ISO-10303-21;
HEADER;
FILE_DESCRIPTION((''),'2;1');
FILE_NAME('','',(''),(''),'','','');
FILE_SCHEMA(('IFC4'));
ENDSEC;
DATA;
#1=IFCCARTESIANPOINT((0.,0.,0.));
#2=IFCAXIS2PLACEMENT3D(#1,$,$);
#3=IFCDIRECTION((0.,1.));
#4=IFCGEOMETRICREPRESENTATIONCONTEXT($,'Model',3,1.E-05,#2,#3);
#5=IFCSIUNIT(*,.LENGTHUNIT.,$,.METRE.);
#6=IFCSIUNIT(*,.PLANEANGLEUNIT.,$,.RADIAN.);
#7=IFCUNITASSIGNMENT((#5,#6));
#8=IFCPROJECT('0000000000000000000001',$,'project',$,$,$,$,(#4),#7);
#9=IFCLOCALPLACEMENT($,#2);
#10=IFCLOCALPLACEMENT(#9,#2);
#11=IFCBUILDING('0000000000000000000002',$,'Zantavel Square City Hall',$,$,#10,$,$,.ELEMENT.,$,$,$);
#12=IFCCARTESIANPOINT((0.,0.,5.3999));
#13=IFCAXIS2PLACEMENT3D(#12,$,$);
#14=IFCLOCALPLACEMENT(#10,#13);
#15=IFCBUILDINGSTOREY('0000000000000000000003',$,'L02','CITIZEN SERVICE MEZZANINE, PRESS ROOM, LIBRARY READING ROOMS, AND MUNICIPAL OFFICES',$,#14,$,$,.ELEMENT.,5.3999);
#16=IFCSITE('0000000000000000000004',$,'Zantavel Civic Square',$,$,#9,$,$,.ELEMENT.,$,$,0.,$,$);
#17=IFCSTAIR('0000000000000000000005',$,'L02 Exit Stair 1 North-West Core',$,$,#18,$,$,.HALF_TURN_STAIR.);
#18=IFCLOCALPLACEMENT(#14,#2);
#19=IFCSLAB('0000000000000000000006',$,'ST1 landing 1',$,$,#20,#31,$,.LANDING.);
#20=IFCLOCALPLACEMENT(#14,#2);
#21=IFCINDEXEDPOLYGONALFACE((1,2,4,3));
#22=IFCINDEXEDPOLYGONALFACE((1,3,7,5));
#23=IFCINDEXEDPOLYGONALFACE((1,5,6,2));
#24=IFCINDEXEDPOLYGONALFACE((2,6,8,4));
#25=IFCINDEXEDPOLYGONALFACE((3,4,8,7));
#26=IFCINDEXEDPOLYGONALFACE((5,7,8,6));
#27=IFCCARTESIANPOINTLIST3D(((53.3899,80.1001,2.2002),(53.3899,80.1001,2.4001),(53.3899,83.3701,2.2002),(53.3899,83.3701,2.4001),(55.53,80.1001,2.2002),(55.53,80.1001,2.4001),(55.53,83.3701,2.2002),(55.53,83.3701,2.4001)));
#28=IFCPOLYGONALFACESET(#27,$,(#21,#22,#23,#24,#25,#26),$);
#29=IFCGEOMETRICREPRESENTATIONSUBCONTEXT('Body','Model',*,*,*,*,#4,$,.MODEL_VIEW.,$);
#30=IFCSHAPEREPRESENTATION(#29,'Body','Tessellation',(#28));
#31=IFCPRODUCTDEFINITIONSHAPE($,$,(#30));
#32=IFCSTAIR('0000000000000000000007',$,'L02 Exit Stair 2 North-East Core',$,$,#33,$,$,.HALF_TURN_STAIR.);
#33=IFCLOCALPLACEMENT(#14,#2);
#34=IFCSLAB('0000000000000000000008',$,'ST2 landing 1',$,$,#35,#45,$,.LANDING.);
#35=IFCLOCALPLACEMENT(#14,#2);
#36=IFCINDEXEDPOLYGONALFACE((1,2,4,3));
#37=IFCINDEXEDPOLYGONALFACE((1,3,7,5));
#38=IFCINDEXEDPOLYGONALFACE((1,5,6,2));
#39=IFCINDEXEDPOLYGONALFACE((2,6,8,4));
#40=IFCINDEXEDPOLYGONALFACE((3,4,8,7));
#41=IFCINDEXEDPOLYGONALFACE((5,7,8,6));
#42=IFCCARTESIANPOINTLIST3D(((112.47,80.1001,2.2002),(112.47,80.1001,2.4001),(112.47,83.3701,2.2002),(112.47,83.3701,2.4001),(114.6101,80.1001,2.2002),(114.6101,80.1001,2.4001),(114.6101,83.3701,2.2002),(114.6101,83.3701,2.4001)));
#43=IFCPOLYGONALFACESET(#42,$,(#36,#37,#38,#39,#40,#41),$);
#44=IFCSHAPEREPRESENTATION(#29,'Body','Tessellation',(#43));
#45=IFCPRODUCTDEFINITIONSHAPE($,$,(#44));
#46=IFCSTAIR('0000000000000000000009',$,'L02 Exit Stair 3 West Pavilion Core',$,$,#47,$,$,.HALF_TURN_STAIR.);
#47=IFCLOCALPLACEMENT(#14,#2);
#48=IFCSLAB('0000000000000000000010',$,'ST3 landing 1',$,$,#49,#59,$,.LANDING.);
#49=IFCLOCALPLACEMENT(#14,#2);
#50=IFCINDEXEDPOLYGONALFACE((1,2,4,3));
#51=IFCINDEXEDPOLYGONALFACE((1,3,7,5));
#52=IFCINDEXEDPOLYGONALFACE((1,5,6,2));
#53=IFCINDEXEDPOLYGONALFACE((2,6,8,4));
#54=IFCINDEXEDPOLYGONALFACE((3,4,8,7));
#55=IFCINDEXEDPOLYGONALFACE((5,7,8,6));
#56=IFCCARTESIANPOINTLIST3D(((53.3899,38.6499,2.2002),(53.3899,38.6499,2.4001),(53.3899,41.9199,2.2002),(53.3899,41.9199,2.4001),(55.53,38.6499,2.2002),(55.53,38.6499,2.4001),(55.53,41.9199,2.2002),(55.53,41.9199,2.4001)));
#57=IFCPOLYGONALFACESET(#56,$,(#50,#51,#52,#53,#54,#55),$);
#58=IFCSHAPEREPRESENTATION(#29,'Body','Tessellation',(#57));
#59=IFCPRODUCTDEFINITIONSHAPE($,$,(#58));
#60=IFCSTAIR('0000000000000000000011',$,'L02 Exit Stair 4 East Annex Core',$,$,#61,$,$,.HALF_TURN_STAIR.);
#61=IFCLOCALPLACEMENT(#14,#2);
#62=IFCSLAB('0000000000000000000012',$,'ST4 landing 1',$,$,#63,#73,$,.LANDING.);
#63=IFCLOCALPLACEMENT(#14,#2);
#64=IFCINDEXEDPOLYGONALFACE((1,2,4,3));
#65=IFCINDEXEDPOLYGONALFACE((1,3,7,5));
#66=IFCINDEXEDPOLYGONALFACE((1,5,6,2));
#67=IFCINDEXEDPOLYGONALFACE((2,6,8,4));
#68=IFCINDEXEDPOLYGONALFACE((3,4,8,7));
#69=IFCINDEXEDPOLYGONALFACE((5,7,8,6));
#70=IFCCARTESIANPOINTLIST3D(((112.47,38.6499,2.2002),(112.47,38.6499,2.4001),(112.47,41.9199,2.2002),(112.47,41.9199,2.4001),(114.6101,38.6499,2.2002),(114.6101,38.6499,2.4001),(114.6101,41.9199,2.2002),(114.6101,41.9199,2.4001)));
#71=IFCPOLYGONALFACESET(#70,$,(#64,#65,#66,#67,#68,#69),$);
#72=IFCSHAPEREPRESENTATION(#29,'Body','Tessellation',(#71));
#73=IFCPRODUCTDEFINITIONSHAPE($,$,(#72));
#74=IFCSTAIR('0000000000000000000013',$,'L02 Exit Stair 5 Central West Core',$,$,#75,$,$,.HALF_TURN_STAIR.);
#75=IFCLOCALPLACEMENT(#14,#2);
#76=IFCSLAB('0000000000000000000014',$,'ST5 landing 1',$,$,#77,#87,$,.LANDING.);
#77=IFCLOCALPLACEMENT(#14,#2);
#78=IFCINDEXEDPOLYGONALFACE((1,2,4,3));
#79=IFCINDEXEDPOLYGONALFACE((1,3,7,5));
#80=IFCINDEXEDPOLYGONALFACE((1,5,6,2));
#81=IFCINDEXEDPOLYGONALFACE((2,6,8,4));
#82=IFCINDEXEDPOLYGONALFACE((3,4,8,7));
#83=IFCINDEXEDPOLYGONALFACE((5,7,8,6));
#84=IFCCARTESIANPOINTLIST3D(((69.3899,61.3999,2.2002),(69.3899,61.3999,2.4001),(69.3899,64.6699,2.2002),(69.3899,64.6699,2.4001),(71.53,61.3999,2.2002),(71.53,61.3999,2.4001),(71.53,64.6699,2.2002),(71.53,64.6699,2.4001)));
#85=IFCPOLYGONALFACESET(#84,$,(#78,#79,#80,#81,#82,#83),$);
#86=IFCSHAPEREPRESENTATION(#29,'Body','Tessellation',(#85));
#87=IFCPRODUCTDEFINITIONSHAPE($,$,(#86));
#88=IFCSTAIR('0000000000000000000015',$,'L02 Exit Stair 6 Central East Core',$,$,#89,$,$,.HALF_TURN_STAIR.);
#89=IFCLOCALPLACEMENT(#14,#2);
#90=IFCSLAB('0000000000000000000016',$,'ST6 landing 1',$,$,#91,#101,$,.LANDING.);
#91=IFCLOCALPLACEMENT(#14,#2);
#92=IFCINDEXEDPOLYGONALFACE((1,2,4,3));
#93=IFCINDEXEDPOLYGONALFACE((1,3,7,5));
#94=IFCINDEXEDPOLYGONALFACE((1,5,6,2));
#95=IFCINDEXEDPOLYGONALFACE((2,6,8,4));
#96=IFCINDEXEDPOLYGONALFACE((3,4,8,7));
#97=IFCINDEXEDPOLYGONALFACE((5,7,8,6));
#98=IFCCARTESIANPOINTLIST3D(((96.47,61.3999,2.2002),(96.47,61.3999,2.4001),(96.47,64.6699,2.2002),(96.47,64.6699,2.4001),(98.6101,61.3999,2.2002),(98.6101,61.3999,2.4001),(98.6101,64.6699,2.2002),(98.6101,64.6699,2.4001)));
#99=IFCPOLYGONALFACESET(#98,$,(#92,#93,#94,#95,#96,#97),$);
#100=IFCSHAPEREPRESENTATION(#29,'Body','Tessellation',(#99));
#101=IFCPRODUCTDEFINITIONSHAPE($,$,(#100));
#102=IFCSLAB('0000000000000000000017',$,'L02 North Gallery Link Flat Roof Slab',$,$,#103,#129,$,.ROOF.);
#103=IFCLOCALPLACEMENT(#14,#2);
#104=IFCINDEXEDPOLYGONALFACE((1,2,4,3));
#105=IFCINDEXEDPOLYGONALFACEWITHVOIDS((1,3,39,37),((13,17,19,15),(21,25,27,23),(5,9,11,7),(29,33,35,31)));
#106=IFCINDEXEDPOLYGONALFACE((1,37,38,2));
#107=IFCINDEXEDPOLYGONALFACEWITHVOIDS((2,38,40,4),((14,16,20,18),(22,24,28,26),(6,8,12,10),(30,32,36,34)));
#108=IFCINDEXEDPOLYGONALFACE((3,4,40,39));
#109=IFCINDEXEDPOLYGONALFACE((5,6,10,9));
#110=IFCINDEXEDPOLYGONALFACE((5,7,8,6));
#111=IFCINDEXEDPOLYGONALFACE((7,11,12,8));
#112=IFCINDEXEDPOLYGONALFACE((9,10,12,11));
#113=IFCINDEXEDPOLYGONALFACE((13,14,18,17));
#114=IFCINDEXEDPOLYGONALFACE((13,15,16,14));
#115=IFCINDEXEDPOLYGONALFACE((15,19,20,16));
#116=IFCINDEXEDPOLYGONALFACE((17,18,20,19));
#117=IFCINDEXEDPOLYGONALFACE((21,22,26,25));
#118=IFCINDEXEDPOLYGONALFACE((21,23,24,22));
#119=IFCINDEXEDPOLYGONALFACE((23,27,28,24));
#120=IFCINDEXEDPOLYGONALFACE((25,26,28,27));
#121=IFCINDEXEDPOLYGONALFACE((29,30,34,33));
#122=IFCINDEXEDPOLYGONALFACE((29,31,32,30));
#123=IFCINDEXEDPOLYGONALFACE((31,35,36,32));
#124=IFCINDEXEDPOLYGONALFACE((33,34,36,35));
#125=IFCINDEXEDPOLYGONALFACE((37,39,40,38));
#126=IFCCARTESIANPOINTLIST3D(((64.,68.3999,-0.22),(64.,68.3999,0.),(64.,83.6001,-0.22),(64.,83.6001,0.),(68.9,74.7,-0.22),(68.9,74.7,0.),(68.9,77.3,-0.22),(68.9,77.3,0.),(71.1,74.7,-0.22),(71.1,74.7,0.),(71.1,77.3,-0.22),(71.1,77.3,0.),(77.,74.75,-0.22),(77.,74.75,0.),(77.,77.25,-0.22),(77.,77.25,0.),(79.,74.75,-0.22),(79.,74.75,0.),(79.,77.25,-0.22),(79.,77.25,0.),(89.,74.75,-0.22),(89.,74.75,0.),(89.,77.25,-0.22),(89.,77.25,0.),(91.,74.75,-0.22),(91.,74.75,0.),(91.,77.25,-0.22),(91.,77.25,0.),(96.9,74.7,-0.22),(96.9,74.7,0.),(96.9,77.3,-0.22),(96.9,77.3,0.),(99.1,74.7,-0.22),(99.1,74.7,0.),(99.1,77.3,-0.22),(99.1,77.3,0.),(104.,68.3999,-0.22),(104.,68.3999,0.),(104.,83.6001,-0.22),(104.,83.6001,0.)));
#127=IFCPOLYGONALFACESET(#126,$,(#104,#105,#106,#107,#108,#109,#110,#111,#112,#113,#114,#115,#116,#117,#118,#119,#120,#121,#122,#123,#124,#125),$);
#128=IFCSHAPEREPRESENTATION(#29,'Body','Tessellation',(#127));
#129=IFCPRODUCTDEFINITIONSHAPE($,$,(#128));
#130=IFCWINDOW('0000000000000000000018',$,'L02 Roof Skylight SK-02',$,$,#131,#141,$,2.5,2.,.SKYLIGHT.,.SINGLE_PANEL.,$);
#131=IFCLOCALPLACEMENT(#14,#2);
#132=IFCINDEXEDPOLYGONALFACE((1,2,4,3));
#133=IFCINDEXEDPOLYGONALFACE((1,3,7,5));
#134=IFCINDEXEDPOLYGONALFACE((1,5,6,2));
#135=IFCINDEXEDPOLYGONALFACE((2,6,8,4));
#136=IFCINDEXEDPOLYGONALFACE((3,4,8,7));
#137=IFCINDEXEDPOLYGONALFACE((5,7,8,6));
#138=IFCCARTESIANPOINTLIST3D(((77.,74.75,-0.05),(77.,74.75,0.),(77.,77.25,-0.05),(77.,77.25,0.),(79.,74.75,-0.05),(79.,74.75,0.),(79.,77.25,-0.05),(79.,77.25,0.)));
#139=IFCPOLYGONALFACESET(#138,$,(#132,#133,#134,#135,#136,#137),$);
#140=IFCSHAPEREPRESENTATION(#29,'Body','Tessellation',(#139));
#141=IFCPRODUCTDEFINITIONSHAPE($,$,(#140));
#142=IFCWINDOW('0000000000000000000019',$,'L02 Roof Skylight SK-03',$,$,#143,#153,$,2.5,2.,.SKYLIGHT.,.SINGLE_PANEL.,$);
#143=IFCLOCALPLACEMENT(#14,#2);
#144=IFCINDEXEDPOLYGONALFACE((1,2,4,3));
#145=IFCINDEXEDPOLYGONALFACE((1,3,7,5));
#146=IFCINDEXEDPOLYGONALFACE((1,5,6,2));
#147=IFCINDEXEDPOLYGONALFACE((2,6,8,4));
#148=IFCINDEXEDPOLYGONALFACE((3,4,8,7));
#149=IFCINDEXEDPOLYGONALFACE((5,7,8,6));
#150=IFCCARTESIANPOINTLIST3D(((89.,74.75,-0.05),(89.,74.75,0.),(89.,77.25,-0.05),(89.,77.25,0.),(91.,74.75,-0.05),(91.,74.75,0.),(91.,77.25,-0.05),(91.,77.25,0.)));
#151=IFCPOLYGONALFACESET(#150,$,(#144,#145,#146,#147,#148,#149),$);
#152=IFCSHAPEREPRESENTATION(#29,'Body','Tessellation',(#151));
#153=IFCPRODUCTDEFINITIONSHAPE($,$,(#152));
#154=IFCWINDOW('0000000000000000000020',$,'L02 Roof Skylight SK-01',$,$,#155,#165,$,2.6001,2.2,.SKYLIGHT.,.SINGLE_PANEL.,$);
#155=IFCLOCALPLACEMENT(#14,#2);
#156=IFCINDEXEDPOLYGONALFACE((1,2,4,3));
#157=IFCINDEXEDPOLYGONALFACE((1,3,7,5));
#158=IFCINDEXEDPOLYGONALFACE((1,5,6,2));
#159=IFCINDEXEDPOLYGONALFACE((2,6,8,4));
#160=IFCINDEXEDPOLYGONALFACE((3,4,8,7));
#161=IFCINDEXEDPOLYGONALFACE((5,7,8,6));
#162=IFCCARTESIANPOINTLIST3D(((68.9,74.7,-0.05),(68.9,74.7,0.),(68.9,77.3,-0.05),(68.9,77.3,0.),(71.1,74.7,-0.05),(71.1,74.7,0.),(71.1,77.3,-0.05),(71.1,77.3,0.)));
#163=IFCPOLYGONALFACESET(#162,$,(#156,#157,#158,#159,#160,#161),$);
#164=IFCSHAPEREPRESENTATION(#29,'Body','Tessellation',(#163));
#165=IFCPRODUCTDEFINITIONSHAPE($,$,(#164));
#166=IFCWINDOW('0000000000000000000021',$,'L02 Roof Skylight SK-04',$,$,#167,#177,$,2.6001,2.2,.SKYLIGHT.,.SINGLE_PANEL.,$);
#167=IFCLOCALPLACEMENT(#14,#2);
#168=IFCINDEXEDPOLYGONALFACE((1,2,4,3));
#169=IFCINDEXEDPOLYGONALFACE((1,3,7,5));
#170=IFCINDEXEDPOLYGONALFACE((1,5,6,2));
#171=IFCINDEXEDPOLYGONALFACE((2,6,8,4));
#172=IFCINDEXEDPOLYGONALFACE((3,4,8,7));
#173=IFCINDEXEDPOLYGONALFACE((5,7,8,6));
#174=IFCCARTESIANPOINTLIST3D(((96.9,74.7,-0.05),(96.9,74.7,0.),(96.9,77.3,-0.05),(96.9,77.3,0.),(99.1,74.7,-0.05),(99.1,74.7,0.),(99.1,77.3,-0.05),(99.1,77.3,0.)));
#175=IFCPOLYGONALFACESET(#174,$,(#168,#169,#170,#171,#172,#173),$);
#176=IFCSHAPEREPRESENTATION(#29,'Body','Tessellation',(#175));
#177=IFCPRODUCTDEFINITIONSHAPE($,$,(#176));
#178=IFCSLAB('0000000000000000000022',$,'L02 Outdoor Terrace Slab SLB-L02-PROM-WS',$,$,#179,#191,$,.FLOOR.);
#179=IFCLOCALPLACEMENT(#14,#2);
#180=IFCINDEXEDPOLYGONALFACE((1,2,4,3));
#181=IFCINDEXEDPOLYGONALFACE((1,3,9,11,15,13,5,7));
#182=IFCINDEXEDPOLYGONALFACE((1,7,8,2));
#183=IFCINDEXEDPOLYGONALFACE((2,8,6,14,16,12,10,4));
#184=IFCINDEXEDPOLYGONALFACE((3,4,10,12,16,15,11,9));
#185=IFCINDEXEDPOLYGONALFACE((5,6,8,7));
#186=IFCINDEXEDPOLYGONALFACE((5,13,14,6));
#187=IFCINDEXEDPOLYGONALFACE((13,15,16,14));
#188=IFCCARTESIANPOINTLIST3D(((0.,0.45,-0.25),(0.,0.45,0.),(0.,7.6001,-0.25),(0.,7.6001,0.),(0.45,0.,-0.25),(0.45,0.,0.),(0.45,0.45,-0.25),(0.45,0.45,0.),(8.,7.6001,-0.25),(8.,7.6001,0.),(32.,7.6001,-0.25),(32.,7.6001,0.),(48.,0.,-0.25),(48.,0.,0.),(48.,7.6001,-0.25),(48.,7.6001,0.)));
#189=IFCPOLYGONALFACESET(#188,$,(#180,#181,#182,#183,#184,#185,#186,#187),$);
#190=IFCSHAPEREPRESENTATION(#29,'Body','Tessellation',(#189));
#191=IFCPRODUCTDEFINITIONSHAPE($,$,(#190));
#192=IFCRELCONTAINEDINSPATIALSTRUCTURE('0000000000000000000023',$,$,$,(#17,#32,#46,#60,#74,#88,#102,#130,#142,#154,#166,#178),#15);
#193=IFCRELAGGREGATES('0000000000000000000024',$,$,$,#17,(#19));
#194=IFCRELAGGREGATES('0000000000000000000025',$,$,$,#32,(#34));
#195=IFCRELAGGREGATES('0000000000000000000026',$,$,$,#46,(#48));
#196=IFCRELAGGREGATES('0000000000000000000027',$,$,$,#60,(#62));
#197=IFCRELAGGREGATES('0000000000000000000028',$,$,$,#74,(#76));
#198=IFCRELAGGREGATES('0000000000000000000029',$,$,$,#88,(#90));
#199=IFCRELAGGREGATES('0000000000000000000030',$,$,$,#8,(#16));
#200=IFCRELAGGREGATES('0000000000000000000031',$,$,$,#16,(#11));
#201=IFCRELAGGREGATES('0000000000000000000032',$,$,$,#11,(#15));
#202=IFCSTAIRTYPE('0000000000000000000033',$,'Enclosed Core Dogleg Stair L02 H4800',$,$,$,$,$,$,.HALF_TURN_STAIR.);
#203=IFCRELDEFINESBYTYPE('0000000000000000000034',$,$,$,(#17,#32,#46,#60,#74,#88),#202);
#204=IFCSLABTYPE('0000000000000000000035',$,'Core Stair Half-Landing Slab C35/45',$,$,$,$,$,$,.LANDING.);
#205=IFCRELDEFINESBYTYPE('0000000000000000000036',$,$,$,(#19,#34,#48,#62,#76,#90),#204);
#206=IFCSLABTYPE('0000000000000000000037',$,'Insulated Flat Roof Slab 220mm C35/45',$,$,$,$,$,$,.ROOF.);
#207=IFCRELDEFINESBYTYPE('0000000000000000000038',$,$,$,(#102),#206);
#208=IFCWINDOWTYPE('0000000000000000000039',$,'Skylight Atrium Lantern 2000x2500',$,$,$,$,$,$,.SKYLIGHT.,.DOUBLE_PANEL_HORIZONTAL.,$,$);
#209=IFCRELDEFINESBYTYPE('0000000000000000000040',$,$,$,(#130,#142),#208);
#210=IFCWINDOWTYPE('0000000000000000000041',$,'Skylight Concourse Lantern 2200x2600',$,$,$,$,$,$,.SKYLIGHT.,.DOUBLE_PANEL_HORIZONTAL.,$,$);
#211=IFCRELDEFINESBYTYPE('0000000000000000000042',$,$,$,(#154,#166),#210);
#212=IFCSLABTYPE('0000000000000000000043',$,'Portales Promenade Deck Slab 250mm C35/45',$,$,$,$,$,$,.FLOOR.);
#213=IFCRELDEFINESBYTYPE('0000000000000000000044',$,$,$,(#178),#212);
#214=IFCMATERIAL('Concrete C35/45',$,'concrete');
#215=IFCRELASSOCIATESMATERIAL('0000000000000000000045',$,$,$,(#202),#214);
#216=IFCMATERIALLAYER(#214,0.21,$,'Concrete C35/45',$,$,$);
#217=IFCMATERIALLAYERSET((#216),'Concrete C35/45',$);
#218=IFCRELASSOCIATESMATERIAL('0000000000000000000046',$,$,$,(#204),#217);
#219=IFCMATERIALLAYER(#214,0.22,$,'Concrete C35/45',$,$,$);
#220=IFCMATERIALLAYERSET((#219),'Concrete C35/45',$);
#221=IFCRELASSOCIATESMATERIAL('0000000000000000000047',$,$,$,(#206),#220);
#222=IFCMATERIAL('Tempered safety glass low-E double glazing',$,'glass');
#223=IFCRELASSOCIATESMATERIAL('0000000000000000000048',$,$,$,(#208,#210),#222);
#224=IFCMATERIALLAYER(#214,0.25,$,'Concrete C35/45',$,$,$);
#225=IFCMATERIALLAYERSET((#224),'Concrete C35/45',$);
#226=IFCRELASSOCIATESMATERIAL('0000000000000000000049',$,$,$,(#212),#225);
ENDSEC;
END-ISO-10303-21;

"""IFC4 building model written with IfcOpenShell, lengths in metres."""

from ifc_helpers import new_model, si_unit, direction, frame, origin, origin_2d, place, context, subcontext, project, spatial, polyline, rectangle, outline, extrude, material, layer, layer_set, type_object, element, fill, aggregate, save


model = new_model("IFC4")

# Units and contexts
model_context = context("Model", 3, precision=1e-05, world=origin(), true_north=direction((0.0, 1.0)))
body_context = subcontext(model_context, "Body", "Model", "MODEL_VIEW")
ifc_project = project(units=[si_unit("LENGTHUNIT", "METRE"), si_unit("PLANEANGLEUNIT", "RADIAN")], contexts=[model_context])

# Site, building, storey
site_placement = place(None, origin())
site = spatial("IfcSite", under=ifc_project, at=site_placement, Name="Zantavel Civic Square", CompositionType="ELEMENT", RefElevation=0.0)
building_placement = place(site_placement, origin())
building = spatial("IfcBuilding", under=site, at=building_placement, Name="Zantavel Square City Hall", CompositionType="ELEMENT")
storey_placement = place(building_placement, frame((0.0, 0.0, 5.3999)))
storey = spatial("IfcBuildingStorey", under=building, at=storey_placement, Name="L02", Description="CITIZEN SERVICE MEZZANINE, PRESS ROOM, LIBRARY READING ROOMS, AND MUNICIPAL OFFICES", CompositionType="ELEMENT", Elevation=5.3999)

# Stairs, slabs
ifc_material_1 = material(Name="Concrete C35/45", Category="concrete")
stair_type = type_object("IfcStairType", Name="Enclosed Core Dogleg Stair L02 H4800", PredefinedType="HALF_TURN_STAIR", material=ifc_material_1)
stair_1_placement = place(storey_placement, origin())
stair_1 = element("IfcStair", 1, at=stair_1_placement, inside=storey, type_object=stair_type, Name="L02 Exit Stair 1 North-West Core", PredefinedType="HALF_TURN_STAIR")
ifc_layer_1 = layer(ifc_material_1, 0.21, Name="Concrete C35/45")
ifc_layer_set_1 = layer_set([ifc_layer_1], Name="Concrete C35/45")
slab_type_1 = type_object("IfcSlabType", Name="Core Stair Half-Landing Slab C35/45", PredefinedType="LANDING", material=ifc_layer_set_1)
slab_1_placement = place(storey_placement, frame((0.0, 0.0, 2.2002)))
slab_1 = element("IfcSlab", 2, at=slab_1_placement, type_object=slab_type_1, Name="ST1 landing 1", PredefinedType="LANDING", context=body_context, shape_type="SweptSolid", body=[
    extrude(outline(polyline([(53.3899, 80.1001), (55.53, 80.1001), (55.53, 83.3701), (53.3899, 83.3701), (53.3899, 80.1001)])), origin(), (0.0, 0.0, 1.0), 0.2),
])
aggregate(stair_1, [slab_1])
stair_2_placement = place(storey_placement, origin())
stair_2 = element("IfcStair", 3, at=stair_2_placement, inside=storey, type_object=stair_type, Name="L02 Exit Stair 2 North-East Core", PredefinedType="HALF_TURN_STAIR")
slab_2_placement = place(storey_placement, frame((0.0, 0.0, 2.2002)))
slab_2 = element("IfcSlab", 4, at=slab_2_placement, type_object=slab_type_1, Name="ST2 landing 1", PredefinedType="LANDING", context=body_context, shape_type="SweptSolid", body=[
    extrude(outline(polyline([(114.6101, 83.3701), (112.47, 83.3701), (112.47, 80.1001), (114.6101, 80.1001), (114.6101, 83.3701)])), origin(), (0.0, 0.0, 1.0), 0.2),
])
aggregate(stair_2, [slab_2])
stair_3_placement = place(storey_placement, origin())
stair_3 = element("IfcStair", 5, at=stair_3_placement, inside=storey, type_object=stair_type, Name="L02 Exit Stair 3 West Pavilion Core", PredefinedType="HALF_TURN_STAIR")
slab_3_placement = place(storey_placement, frame((0.0, 0.0, 2.2002)))
slab_3 = element("IfcSlab", 6, at=slab_3_placement, type_object=slab_type_1, Name="ST3 landing 1", PredefinedType="LANDING", context=body_context, shape_type="SweptSolid", body=[
    extrude(outline(polyline([(53.3899, 38.6499), (55.53, 38.6499), (55.53, 41.9199), (53.3899, 41.9199), (53.3899, 38.6499)])), origin(), (0.0, 0.0, 1.0), 0.2),
])
aggregate(stair_3, [slab_3])
stair_4_placement = place(storey_placement, origin())
stair_4 = element("IfcStair", 7, at=stair_4_placement, inside=storey, type_object=stair_type, Name="L02 Exit Stair 4 East Annex Core", PredefinedType="HALF_TURN_STAIR")
slab_4_placement = place(storey_placement, frame((0.0, 0.0, 2.2002)))
slab_4 = element("IfcSlab", 8, at=slab_4_placement, type_object=slab_type_1, Name="ST4 landing 1", PredefinedType="LANDING", context=body_context, shape_type="SweptSolid", body=[
    extrude(outline(polyline([(114.6101, 41.9199), (112.47, 41.9199), (112.47, 38.6499), (114.6101, 38.6499), (114.6101, 41.9199)])), origin(), (0.0, 0.0, 1.0), 0.2),
])
aggregate(stair_4, [slab_4])
stair_5_placement = place(storey_placement, origin())
stair_5 = element("IfcStair", 9, at=stair_5_placement, inside=storey, type_object=stair_type, Name="L02 Exit Stair 5 Central West Core", PredefinedType="HALF_TURN_STAIR")
slab_5_placement = place(storey_placement, frame((0.0, 0.0, 2.2002)))
slab_5 = element("IfcSlab", 10, at=slab_5_placement, type_object=slab_type_1, Name="ST5 landing 1", PredefinedType="LANDING", context=body_context, shape_type="SweptSolid", body=[
    extrude(outline(polyline([(69.3899, 61.3999), (71.53, 61.3999), (71.53, 64.6699), (69.3899, 64.6699), (69.3899, 61.3999)])), origin(), (0.0, 0.0, 1.0), 0.2),
])
aggregate(stair_5, [slab_5])
stair_6_placement = place(storey_placement, origin())
stair_6 = element("IfcStair", 11, at=stair_6_placement, inside=storey, type_object=stair_type, Name="L02 Exit Stair 6 Central East Core", PredefinedType="HALF_TURN_STAIR")
slab_6_placement = place(storey_placement, frame((0.0, 0.0, 2.2002)))
slab_6 = element("IfcSlab", 12, at=slab_6_placement, type_object=slab_type_1, Name="ST6 landing 1", PredefinedType="LANDING", context=body_context, shape_type="SweptSolid", body=[
    extrude(outline(polyline([(98.6101, 64.6699), (96.47, 64.6699), (96.47, 61.3999), (98.6101, 61.3999), (98.6101, 64.6699)])), origin(), (0.0, 0.0, 1.0), 0.2),
])
aggregate(stair_6, [slab_6])

# Slab, openings, windows
ifc_layer_2 = layer(ifc_material_1, 0.22, Name="Concrete C35/45")
ifc_layer_set_2 = layer_set([ifc_layer_2], Name="Concrete C35/45")
slab_type_2 = type_object("IfcSlabType", Name="Insulated Flat Roof Slab 220mm C35/45", PredefinedType="ROOF", material=ifc_layer_set_2)
slab_7_placement = place(storey_placement, frame((0.0, 0.0, -0.22)))
slab_7 = element("IfcSlab", 13, at=slab_7_placement, inside=storey, type_object=slab_type_2, Name="L02 North Gallery Link Flat Roof Slab", PredefinedType="ROOF", context=body_context, shape_type="SweptSolid", body=[
    extrude(outline(polyline([(104.0, 68.3999), (96.0, 68.3999), (80.0, 68.3999), (72.0, 68.3999), (64.0, 68.3999), (64.0, 76.0), (64.0, 83.6001), (104.0, 83.6001), (104.0, 76.0), (104.0, 68.3999)])), origin(), (0.0, 0.0, 1.0), 0.22),
])
opening_1_placement = place(slab_7_placement, frame((70.0, 76.0, 0.0)))
opening_1 = element("IfcOpeningElement", 14, at=opening_1_placement, cuts=slab_7, PredefinedType="OPENING", context=body_context, shape_type="SweptSolid", body=[
    extrude(rectangle(XDim=2.2, YDim=2.6001, at=origin_2d()), frame((0.0, 0.0, -0.02)), (0.0, 0.0, 1.0), 0.26),
])
opening_2_placement = place(slab_7_placement, frame((78.0, 76.0, 0.0)))
opening_2 = element("IfcOpeningElement", 15, at=opening_2_placement, cuts=slab_7, PredefinedType="OPENING", context=body_context, shape_type="SweptSolid", body=[
    extrude(rectangle(XDim=2.0, YDim=2.5, at=origin_2d()), frame((0.0, 0.0, -0.02)), (0.0, 0.0, 1.0), 0.26),
])
opening_3_placement = place(slab_7_placement, frame((90.0, 76.0, 0.0)))
opening_3 = element("IfcOpeningElement", 16, at=opening_3_placement, cuts=slab_7, PredefinedType="OPENING", context=body_context, shape_type="SweptSolid", body=[
    extrude(rectangle(XDim=2.0, YDim=2.5, at=origin_2d()), frame((0.0, 0.0, -0.02)), (0.0, 0.0, 1.0), 0.26),
])
opening_4_placement = place(slab_7_placement, frame((98.0, 76.0, 0.0)))
opening_4 = element("IfcOpeningElement", 17, at=opening_4_placement, cuts=slab_7, PredefinedType="OPENING", context=body_context, shape_type="SweptSolid", body=[
    extrude(rectangle(XDim=2.2, YDim=2.6001, at=origin_2d()), frame((0.0, 0.0, -0.02)), (0.0, 0.0, 1.0), 0.26),
])
ifc_material_2 = material(Name="Tempered safety glass low-E double glazing", Category="glass")
window_type_1 = type_object("IfcWindowType", Name="Skylight Atrium Lantern 2000x2500", PartitioningType="DOUBLE_PANEL_HORIZONTAL", PredefinedType="SKYLIGHT", material=ifc_material_2)
window_1_placement = place(opening_2_placement, frame((0.0, 0.0, 0.1699)))
window_1 = element("IfcWindow", 18, at=window_1_placement, inside=storey, type_object=window_type_1, Name="L02 Roof Skylight SK-02", OverallHeight=2.5, OverallWidth=2.0, PartitioningType="SINGLE_PANEL", PredefinedType="SKYLIGHT", context=body_context, shape_type="SweptSolid", body=[
    extrude(rectangle(XDim=2.0, YDim=2.5, at=origin_2d()), origin(), (0.0, 0.0, 1.0), 0.05),
])
fill(opening_2, window_1)
window_2_placement = place(opening_3_placement, frame((0.0, 0.0, 0.1699)))
window_2 = element("IfcWindow", 19, at=window_2_placement, inside=storey, type_object=window_type_1, Name="L02 Roof Skylight SK-03", OverallHeight=2.5, OverallWidth=2.0, PartitioningType="SINGLE_PANEL", PredefinedType="SKYLIGHT", context=body_context, shape_type="SweptSolid", body=[
    extrude(rectangle(XDim=2.0, YDim=2.5, at=origin_2d()), origin(), (0.0, 0.0, 1.0), 0.05),
])
fill(opening_3, window_2)
window_type_2 = type_object("IfcWindowType", Name="Skylight Concourse Lantern 2200x2600", PartitioningType="DOUBLE_PANEL_HORIZONTAL", PredefinedType="SKYLIGHT", material=ifc_material_2)
window_3_placement = place(opening_1_placement, frame((0.0, 0.0, 0.1699)))
window_3 = element("IfcWindow", 20, at=window_3_placement, inside=storey, type_object=window_type_2, Name="L02 Roof Skylight SK-01", OverallHeight=2.6001, OverallWidth=2.2, PartitioningType="SINGLE_PANEL", PredefinedType="SKYLIGHT", context=body_context, shape_type="SweptSolid", body=[
    extrude(rectangle(XDim=2.2, YDim=2.6001, at=origin_2d()), origin(), (0.0, 0.0, 1.0), 0.05),
])
fill(opening_1, window_3)
window_4_placement = place(opening_4_placement, frame((0.0, 0.0, 0.1699)))
window_4 = element("IfcWindow", 21, at=window_4_placement, inside=storey, type_object=window_type_2, Name="L02 Roof Skylight SK-04", OverallHeight=2.6001, OverallWidth=2.2, PartitioningType="SINGLE_PANEL", PredefinedType="SKYLIGHT", context=body_context, shape_type="SweptSolid", body=[
    extrude(rectangle(XDim=2.2, YDim=2.6001, at=origin_2d()), origin(), (0.0, 0.0, 1.0), 0.05),
])
fill(opening_4, window_4)

# Slab
ifc_layer_3 = layer(ifc_material_1, 0.25, Name="Concrete C35/45")
ifc_layer_set_3 = layer_set([ifc_layer_3], Name="Concrete C35/45")
slab_type_3 = type_object("IfcSlabType", Name="Portales Promenade Deck Slab 250mm C35/45", PredefinedType="FLOOR", material=ifc_layer_set_3)
slab_8_placement = place(storey_placement, frame((0.0, 0.0, -0.25)))
element("IfcSlab", 22, at=slab_8_placement, inside=storey, type_object=slab_type_3, Name="L02 Outdoor Terrace Slab SLB-L02-PROM-WS", PredefinedType="FLOOR", context=body_context, shape_type="SweptSolid", body=[
    extrude(outline(polyline([(0.45, 0.0), (0.45, 0.45), (0.0, 0.45), (0.0, 7.6001), (8.0, 7.6001), (32.0, 7.6001), (48.0, 7.6001), (48.0, 0.0), (0.45, 0.0)])), origin(), (0.0, 0.0, 1.0), 0.25),
])

save(model, "model.ifc")
